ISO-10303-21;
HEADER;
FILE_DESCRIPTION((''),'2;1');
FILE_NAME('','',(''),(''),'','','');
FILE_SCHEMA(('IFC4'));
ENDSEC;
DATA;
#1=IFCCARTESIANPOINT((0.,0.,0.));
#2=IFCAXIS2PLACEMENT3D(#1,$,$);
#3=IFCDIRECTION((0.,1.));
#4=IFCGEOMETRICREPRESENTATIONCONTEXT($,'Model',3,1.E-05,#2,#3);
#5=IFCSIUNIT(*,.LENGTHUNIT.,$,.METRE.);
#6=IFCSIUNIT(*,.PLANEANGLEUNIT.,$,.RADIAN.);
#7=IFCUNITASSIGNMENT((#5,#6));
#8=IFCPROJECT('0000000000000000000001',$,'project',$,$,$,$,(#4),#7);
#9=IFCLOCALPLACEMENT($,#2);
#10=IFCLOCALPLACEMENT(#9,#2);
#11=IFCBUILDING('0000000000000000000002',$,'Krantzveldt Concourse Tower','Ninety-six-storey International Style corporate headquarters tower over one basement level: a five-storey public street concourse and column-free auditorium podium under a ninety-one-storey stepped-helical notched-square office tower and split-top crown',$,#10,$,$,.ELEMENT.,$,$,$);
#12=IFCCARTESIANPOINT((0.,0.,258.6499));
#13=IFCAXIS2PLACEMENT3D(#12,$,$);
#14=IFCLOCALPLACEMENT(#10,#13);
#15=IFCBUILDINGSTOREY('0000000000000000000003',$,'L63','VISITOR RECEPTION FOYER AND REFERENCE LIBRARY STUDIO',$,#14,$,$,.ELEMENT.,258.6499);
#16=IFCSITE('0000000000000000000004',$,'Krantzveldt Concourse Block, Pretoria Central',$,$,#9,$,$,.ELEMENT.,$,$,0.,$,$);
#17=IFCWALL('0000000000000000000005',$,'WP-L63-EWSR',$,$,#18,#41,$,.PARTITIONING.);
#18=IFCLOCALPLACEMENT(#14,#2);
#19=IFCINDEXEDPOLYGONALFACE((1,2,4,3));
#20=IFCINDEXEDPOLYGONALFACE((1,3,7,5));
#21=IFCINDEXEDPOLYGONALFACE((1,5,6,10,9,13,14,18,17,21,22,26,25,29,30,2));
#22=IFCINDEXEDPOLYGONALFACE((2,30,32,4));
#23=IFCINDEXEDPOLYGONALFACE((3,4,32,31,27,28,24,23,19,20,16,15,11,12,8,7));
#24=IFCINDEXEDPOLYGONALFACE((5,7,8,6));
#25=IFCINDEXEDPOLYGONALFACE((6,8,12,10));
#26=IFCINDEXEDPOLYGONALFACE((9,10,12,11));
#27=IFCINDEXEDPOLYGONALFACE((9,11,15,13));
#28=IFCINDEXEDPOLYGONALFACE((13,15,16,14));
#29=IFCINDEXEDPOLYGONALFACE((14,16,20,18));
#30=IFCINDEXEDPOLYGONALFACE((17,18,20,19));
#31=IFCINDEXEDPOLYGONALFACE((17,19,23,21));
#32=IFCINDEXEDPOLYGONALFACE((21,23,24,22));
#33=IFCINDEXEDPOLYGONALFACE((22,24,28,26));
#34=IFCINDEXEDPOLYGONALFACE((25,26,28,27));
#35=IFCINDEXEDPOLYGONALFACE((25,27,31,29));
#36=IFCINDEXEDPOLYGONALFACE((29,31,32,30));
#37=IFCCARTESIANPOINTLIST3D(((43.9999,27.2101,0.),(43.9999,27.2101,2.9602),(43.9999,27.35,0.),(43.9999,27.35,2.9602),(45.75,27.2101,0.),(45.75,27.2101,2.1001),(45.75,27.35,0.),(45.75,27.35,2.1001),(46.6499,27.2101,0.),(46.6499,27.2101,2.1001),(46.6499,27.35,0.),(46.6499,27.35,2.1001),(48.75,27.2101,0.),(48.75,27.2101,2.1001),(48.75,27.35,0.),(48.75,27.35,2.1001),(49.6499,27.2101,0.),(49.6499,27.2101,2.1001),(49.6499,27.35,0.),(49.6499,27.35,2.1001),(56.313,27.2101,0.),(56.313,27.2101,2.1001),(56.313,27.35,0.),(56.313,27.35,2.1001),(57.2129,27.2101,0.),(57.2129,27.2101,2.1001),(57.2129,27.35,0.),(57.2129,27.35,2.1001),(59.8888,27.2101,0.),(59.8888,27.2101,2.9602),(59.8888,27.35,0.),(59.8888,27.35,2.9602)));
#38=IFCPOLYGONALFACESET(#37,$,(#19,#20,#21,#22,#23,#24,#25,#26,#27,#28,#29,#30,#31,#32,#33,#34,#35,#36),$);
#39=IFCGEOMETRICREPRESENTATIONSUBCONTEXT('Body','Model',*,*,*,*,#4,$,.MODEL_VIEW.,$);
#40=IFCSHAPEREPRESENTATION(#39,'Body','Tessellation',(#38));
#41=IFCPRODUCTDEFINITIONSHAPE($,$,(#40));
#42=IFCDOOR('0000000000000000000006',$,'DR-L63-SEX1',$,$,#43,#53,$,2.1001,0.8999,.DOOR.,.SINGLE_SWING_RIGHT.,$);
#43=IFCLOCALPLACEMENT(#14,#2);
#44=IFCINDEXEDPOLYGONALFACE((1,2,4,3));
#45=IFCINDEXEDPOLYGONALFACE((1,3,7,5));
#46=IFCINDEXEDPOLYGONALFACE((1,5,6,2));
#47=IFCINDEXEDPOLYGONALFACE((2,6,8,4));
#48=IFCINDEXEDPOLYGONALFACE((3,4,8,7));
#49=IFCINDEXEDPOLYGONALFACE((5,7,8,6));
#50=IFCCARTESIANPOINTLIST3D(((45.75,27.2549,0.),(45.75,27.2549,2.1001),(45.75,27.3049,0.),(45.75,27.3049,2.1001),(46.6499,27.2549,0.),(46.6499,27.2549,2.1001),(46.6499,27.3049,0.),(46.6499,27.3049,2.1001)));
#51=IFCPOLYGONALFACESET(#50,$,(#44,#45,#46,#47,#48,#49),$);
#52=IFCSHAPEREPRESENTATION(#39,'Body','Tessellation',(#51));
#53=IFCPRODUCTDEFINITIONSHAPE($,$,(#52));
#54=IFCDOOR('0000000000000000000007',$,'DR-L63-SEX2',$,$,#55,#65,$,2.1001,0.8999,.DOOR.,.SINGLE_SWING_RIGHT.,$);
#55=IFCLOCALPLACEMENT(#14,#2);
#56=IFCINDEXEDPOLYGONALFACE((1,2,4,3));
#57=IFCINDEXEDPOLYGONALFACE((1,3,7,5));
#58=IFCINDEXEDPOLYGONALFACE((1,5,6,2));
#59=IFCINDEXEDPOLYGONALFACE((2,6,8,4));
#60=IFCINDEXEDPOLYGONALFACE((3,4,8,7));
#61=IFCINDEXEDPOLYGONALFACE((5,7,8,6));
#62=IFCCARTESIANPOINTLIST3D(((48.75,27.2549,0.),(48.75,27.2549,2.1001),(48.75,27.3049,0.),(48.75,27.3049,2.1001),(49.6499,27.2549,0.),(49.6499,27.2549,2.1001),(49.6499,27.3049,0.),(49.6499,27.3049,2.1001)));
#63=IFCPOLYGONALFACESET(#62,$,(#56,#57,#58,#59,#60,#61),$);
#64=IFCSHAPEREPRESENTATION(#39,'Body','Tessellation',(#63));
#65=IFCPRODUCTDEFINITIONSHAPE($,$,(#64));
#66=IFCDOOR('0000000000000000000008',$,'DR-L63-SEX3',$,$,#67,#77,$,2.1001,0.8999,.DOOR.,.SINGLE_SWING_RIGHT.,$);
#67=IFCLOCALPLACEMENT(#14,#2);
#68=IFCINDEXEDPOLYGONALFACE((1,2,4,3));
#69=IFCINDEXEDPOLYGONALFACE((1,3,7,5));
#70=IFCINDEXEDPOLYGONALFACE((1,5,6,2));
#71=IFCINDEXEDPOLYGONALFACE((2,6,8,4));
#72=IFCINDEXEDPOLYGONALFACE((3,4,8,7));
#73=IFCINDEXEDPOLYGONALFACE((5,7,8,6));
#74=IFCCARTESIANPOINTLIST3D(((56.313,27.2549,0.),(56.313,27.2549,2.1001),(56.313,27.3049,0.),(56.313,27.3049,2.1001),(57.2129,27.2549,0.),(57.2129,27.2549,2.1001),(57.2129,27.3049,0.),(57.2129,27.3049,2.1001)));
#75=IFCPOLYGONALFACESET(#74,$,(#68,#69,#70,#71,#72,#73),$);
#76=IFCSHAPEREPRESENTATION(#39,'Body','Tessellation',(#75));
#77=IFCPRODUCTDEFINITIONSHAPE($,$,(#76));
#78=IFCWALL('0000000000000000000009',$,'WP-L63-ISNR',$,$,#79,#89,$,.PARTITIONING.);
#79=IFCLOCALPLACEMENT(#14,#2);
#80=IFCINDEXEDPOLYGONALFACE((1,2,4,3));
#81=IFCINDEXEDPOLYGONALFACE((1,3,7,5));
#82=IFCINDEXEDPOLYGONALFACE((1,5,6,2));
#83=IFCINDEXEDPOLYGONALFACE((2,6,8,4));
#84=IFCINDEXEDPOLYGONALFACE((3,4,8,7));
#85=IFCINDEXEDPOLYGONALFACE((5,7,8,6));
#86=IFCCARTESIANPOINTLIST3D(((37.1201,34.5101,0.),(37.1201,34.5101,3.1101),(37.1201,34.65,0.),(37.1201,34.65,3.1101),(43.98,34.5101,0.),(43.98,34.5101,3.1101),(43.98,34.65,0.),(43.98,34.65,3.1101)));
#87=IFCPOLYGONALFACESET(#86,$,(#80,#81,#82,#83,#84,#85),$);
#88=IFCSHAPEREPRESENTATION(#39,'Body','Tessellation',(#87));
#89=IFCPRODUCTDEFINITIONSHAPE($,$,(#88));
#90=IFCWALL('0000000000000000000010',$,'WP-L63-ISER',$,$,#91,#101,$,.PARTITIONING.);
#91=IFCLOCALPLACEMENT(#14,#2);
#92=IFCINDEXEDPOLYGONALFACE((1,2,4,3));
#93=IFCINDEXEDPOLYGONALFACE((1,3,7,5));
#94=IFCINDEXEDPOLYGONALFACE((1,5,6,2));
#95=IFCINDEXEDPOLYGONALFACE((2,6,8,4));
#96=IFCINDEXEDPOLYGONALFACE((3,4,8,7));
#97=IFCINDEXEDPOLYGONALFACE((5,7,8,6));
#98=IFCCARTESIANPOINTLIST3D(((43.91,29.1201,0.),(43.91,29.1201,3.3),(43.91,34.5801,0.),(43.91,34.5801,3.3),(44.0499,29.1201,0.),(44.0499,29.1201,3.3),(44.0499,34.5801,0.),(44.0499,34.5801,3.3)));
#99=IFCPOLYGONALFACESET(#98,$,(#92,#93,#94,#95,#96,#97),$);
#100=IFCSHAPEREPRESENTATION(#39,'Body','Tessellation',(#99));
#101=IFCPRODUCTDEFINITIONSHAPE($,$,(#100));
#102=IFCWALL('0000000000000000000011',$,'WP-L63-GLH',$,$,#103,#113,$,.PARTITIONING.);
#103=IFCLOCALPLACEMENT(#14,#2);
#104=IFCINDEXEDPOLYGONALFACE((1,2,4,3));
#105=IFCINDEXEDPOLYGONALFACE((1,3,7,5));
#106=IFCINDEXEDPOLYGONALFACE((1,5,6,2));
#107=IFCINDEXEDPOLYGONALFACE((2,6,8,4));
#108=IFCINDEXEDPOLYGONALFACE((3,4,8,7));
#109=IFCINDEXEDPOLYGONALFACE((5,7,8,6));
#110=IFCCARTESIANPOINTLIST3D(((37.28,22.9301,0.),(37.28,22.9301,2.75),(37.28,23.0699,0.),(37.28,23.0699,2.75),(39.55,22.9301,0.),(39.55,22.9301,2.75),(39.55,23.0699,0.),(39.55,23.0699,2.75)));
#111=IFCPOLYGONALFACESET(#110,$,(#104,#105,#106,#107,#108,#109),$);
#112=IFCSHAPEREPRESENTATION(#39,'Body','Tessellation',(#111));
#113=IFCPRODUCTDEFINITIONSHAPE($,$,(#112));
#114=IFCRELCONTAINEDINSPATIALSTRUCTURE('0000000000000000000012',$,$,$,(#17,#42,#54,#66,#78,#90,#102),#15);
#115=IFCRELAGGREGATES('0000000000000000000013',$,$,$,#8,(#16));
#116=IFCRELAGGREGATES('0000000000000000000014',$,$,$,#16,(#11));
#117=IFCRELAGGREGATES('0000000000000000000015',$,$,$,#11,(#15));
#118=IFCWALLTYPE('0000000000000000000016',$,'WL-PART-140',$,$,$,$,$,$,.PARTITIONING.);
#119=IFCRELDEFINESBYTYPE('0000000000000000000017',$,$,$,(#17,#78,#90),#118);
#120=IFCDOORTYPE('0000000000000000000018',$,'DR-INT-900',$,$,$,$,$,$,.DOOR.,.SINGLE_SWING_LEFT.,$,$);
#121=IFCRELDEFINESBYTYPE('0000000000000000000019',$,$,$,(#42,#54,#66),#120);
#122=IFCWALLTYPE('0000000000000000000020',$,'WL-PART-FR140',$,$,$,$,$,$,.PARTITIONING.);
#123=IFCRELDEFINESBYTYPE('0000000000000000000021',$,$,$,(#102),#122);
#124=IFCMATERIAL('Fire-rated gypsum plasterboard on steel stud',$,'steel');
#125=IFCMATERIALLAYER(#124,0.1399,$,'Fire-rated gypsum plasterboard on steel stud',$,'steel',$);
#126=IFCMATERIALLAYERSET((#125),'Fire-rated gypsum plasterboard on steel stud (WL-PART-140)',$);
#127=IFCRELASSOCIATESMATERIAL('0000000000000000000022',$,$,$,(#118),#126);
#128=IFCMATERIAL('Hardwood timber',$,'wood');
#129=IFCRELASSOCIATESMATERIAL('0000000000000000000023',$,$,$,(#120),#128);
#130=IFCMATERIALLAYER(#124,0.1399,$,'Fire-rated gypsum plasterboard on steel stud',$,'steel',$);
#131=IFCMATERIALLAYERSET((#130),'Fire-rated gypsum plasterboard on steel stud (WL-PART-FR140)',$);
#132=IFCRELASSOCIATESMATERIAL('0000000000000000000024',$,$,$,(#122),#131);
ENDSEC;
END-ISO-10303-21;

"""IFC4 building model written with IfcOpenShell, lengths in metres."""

from ifc_helpers import new_model, si_unit, direction, frame, frame_2d, origin, place, context, subcontext, project, spatial, rectangle, extrude, material, layer, layer_set, type_object, element, fill, save


model = new_model("IFC4")

# Units and contexts
model_context = context("Model", 3, precision=1e-05, world=origin(), true_north=direction((0.0, 1.0)))
body_context = subcontext(model_context, "Body", "Model", "MODEL_VIEW")
ifc_project = project(units=[si_unit("LENGTHUNIT", "METRE"), si_unit("PLANEANGLEUNIT", "RADIAN")], contexts=[model_context])

# Site, building, storey
site_placement = place(None, origin())
site = spatial("IfcSite", under=ifc_project, at=site_placement, Name="Krantzveldt Concourse Block, Pretoria Central", CompositionType="ELEMENT", RefElevation=0.0)
building_placement = place(site_placement, origin())
building = spatial("IfcBuilding", under=site, at=building_placement, Name="Krantzveldt Concourse Tower", Description="Ninety-six-storey International Style corporate headquarters tower over one basement level: a five-storey public street concourse and column-free auditorium podium under a ninety-one-storey stepped-helical notched-square office tower and split-top crown", CompositionType="ELEMENT")
storey_placement = place(building_placement, frame((0.0, 0.0, 258.6499)))
storey = spatial("IfcBuildingStorey", under=building, at=storey_placement, Name="L63", Description="VISITOR RECEPTION FOYER AND REFERENCE LIBRARY STUDIO", CompositionType="ELEMENT", Elevation=258.6499)

# Shared definitions
ifc_material_1 = material(Name="Fire-rated gypsum plasterboard on steel stud", Category="steel")

# Wall, openings, doors
ifc_layer_1 = layer(ifc_material_1, 0.1399, Name="Fire-rated gypsum plasterboard on steel stud", Category="steel")
ifc_layer_set_1 = layer_set([ifc_layer_1], Name="Fire-rated gypsum plasterboard on steel stud (WL-PART-140)")
wall_type_1 = type_object("IfcWallType", Name="WL-PART-140", PredefinedType="PARTITIONING", material=ifc_layer_set_1)
ifc_material_2 = material(Name="Hardwood timber", Category="wood")
door_type_1 = type_object("IfcDoorType", Name="DR-INT-900", OperationType="SINGLE_SWING_LEFT", PredefinedType="DOOR", material=ifc_material_2)
wall_1_placement = place(storey_placement, frame((44.0, 27.28, 0.0), z_axis=(0.0, 0.0, 1.0), x_axis=(1.0, 0.0, 0.0)))
wall_1 = element("IfcWall", 1, at=wall_1_placement, inside=storey, type_object=wall_type_1, Name="WP-L63-EWSR", PredefinedType="PARTITIONING", context=body_context, shape_type="SweptSolid", body=[
    extrude(rectangle(XDim=15.8889, YDim=0.1399, at=frame_2d((7.9443, 0.0))), origin(), (0.0, 0.0, 1.0), 2.9602),
])
opening_1_placement = place(wall_1_placement, frame((1.75, 0.0, 0.0)))
opening_1 = element("IfcOpeningElement", 2, at=opening_1_placement, cuts=wall_1, PredefinedType="OPENING", context=body_context, shape_type="SweptSolid", body=[
    extrude(rectangle(XDim=0.8999, YDim=2.1001, at=frame_2d((0.45, 1.05))), frame((0.0, 0.0801, 0.0), z_axis=(0.0, -1.0, 0.0), x_axis=(1.0, 0.0, 0.0)), (0.0, 0.0, 1.0), 0.1599),
])
opening_2_placement = place(wall_1_placement, frame((4.75, 0.0, 0.0)))
opening_2 = element("IfcOpeningElement", 3, at=opening_2_placement, cuts=wall_1, PredefinedType="OPENING", context=body_context, shape_type="SweptSolid", body=[
    extrude(rectangle(XDim=0.8999, YDim=2.1001, at=frame_2d((0.45, 1.05))), frame((0.0, 0.0801, 0.0), z_axis=(0.0, -1.0, 0.0), x_axis=(1.0, 0.0, 0.0)), (0.0, 0.0, 1.0), 0.1599),
])
opening_3_placement = place(wall_1_placement, frame((12.313, 0.0, 0.0)))
opening_3 = element("IfcOpeningElement", 4, at=opening_3_placement, cuts=wall_1, PredefinedType="OPENING", context=body_context, shape_type="SweptSolid", body=[
    extrude(rectangle(XDim=0.8999, YDim=2.1001, at=frame_2d((0.45, 1.05))), frame((0.0, 0.0801, 0.0), z_axis=(0.0, -1.0, 0.0), x_axis=(1.0, 0.0, 0.0)), (0.0, 0.0, 1.0), 0.1599),
])
door_1_placement = place(opening_1_placement, origin())
door_1 = element("IfcDoor", 5, at=door_1_placement, inside=storey, type_object=door_type_1, Name="DR-L63-SEX1", OperationType="SINGLE_SWING_RIGHT", OverallHeight=2.1001, OverallWidth=0.8999, PredefinedType="DOOR", context=body_context, shape_type="SweptSolid", body=[
    extrude(rectangle(XDim=0.8999, YDim=2.1001, at=frame_2d((0.45, 1.05))), frame((0.0, 0.0249, 0.0), z_axis=(0.0, -1.0, 0.0), x_axis=(1.0, 0.0, 0.0)), (0.0, 0.0, 1.0), 0.05),
])
fill(opening_1, door_1)
door_2_placement = place(opening_2_placement, origin())
door_2 = element("IfcDoor", 6, at=door_2_placement, inside=storey, type_object=door_type_1, Name="DR-L63-SEX2", OperationType="SINGLE_SWING_RIGHT", OverallHeight=2.1001, OverallWidth=0.8999, PredefinedType="DOOR", context=body_context, shape_type="SweptSolid", body=[
    extrude(rectangle(XDim=0.8999, YDim=2.1001, at=frame_2d((0.45, 1.05))), frame((0.0, 0.0249, 0.0), z_axis=(0.0, -1.0, 0.0), x_axis=(1.0, 0.0, 0.0)), (0.0, 0.0, 1.0), 0.05),
])
fill(opening_2, door_2)
door_3_placement = place(opening_3_placement, origin())
door_3 = element("IfcDoor", 7, at=door_3_placement, inside=storey, type_object=door_type_1, Name="DR-L63-SEX3", OperationType="SINGLE_SWING_RIGHT", OverallHeight=2.1001, OverallWidth=0.8999, PredefinedType="DOOR", context=body_context, shape_type="SweptSolid", body=[
    extrude(rectangle(XDim=0.8999, YDim=2.1001, at=frame_2d((0.45, 1.05))), frame((0.0, 0.0249, 0.0), z_axis=(0.0, -1.0, 0.0), x_axis=(1.0, 0.0, 0.0)), (0.0, 0.0, 1.0), 0.05),
])
fill(opening_3, door_3)

# Walls
wall_2_placement = place(storey_placement, frame((37.1201, 34.5801, 0.0), z_axis=(0.0, 0.0, 1.0), x_axis=(1.0, 0.0, 0.0)))
element("IfcWall", 8, at=wall_2_placement, inside=storey, type_object=wall_type_1, Name="WP-L63-ISNR", PredefinedType="PARTITIONING", context=body_context, shape_type="SweptSolid", body=[
    extrude(rectangle(XDim=6.8599, YDim=0.1399, at=frame_2d((3.4299, 0.0))), origin(), (0.0, 0.0, 1.0), 3.1101),
])
wall_3_placement = place(storey_placement, frame((43.98, 29.1201, 0.0), z_axis=(0.0, 0.0, 1.0), x_axis=(0.0, 1.0, 0.0)))
element("IfcWall", 9, at=wall_3_placement, inside=storey, type_object=wall_type_1, Name="WP-L63-ISER", PredefinedType="PARTITIONING", context=body_context, shape_type="SweptSolid", body=[
    extrude(rectangle(XDim=5.46, YDim=0.1399, at=frame_2d((2.73, 0.0))), origin(), (0.0, 0.0, 1.0), 3.3),
])
ifc_layer_2 = layer(ifc_material_1, 0.1399, Name="Fire-rated gypsum plasterboard on steel stud", Category="steel")
ifc_layer_set_2 = layer_set([ifc_layer_2], Name="Fire-rated gypsum plasterboard on steel stud (WL-PART-FR140)")
wall_type_2 = type_object("IfcWallType", Name="WL-PART-FR140", PredefinedType="PARTITIONING", material=ifc_layer_set_2)
wall_4_placement = place(storey_placement, frame((37.28, 23.0, 0.0), z_axis=(0.0, 0.0, 1.0), x_axis=(1.0, 0.0, 0.0)))
element("IfcWall", 10, at=wall_4_placement, inside=storey, type_object=wall_type_2, Name="WP-L63-GLH", PredefinedType="PARTITIONING", context=body_context, shape_type="SweptSolid", body=[
    extrude(rectangle(XDim=2.27, YDim=0.1399, at=frame_2d((1.135, 0.0))), origin(), (0.0, 0.0, 1.0), 2.75),
])

save(model, "model.ifc")
